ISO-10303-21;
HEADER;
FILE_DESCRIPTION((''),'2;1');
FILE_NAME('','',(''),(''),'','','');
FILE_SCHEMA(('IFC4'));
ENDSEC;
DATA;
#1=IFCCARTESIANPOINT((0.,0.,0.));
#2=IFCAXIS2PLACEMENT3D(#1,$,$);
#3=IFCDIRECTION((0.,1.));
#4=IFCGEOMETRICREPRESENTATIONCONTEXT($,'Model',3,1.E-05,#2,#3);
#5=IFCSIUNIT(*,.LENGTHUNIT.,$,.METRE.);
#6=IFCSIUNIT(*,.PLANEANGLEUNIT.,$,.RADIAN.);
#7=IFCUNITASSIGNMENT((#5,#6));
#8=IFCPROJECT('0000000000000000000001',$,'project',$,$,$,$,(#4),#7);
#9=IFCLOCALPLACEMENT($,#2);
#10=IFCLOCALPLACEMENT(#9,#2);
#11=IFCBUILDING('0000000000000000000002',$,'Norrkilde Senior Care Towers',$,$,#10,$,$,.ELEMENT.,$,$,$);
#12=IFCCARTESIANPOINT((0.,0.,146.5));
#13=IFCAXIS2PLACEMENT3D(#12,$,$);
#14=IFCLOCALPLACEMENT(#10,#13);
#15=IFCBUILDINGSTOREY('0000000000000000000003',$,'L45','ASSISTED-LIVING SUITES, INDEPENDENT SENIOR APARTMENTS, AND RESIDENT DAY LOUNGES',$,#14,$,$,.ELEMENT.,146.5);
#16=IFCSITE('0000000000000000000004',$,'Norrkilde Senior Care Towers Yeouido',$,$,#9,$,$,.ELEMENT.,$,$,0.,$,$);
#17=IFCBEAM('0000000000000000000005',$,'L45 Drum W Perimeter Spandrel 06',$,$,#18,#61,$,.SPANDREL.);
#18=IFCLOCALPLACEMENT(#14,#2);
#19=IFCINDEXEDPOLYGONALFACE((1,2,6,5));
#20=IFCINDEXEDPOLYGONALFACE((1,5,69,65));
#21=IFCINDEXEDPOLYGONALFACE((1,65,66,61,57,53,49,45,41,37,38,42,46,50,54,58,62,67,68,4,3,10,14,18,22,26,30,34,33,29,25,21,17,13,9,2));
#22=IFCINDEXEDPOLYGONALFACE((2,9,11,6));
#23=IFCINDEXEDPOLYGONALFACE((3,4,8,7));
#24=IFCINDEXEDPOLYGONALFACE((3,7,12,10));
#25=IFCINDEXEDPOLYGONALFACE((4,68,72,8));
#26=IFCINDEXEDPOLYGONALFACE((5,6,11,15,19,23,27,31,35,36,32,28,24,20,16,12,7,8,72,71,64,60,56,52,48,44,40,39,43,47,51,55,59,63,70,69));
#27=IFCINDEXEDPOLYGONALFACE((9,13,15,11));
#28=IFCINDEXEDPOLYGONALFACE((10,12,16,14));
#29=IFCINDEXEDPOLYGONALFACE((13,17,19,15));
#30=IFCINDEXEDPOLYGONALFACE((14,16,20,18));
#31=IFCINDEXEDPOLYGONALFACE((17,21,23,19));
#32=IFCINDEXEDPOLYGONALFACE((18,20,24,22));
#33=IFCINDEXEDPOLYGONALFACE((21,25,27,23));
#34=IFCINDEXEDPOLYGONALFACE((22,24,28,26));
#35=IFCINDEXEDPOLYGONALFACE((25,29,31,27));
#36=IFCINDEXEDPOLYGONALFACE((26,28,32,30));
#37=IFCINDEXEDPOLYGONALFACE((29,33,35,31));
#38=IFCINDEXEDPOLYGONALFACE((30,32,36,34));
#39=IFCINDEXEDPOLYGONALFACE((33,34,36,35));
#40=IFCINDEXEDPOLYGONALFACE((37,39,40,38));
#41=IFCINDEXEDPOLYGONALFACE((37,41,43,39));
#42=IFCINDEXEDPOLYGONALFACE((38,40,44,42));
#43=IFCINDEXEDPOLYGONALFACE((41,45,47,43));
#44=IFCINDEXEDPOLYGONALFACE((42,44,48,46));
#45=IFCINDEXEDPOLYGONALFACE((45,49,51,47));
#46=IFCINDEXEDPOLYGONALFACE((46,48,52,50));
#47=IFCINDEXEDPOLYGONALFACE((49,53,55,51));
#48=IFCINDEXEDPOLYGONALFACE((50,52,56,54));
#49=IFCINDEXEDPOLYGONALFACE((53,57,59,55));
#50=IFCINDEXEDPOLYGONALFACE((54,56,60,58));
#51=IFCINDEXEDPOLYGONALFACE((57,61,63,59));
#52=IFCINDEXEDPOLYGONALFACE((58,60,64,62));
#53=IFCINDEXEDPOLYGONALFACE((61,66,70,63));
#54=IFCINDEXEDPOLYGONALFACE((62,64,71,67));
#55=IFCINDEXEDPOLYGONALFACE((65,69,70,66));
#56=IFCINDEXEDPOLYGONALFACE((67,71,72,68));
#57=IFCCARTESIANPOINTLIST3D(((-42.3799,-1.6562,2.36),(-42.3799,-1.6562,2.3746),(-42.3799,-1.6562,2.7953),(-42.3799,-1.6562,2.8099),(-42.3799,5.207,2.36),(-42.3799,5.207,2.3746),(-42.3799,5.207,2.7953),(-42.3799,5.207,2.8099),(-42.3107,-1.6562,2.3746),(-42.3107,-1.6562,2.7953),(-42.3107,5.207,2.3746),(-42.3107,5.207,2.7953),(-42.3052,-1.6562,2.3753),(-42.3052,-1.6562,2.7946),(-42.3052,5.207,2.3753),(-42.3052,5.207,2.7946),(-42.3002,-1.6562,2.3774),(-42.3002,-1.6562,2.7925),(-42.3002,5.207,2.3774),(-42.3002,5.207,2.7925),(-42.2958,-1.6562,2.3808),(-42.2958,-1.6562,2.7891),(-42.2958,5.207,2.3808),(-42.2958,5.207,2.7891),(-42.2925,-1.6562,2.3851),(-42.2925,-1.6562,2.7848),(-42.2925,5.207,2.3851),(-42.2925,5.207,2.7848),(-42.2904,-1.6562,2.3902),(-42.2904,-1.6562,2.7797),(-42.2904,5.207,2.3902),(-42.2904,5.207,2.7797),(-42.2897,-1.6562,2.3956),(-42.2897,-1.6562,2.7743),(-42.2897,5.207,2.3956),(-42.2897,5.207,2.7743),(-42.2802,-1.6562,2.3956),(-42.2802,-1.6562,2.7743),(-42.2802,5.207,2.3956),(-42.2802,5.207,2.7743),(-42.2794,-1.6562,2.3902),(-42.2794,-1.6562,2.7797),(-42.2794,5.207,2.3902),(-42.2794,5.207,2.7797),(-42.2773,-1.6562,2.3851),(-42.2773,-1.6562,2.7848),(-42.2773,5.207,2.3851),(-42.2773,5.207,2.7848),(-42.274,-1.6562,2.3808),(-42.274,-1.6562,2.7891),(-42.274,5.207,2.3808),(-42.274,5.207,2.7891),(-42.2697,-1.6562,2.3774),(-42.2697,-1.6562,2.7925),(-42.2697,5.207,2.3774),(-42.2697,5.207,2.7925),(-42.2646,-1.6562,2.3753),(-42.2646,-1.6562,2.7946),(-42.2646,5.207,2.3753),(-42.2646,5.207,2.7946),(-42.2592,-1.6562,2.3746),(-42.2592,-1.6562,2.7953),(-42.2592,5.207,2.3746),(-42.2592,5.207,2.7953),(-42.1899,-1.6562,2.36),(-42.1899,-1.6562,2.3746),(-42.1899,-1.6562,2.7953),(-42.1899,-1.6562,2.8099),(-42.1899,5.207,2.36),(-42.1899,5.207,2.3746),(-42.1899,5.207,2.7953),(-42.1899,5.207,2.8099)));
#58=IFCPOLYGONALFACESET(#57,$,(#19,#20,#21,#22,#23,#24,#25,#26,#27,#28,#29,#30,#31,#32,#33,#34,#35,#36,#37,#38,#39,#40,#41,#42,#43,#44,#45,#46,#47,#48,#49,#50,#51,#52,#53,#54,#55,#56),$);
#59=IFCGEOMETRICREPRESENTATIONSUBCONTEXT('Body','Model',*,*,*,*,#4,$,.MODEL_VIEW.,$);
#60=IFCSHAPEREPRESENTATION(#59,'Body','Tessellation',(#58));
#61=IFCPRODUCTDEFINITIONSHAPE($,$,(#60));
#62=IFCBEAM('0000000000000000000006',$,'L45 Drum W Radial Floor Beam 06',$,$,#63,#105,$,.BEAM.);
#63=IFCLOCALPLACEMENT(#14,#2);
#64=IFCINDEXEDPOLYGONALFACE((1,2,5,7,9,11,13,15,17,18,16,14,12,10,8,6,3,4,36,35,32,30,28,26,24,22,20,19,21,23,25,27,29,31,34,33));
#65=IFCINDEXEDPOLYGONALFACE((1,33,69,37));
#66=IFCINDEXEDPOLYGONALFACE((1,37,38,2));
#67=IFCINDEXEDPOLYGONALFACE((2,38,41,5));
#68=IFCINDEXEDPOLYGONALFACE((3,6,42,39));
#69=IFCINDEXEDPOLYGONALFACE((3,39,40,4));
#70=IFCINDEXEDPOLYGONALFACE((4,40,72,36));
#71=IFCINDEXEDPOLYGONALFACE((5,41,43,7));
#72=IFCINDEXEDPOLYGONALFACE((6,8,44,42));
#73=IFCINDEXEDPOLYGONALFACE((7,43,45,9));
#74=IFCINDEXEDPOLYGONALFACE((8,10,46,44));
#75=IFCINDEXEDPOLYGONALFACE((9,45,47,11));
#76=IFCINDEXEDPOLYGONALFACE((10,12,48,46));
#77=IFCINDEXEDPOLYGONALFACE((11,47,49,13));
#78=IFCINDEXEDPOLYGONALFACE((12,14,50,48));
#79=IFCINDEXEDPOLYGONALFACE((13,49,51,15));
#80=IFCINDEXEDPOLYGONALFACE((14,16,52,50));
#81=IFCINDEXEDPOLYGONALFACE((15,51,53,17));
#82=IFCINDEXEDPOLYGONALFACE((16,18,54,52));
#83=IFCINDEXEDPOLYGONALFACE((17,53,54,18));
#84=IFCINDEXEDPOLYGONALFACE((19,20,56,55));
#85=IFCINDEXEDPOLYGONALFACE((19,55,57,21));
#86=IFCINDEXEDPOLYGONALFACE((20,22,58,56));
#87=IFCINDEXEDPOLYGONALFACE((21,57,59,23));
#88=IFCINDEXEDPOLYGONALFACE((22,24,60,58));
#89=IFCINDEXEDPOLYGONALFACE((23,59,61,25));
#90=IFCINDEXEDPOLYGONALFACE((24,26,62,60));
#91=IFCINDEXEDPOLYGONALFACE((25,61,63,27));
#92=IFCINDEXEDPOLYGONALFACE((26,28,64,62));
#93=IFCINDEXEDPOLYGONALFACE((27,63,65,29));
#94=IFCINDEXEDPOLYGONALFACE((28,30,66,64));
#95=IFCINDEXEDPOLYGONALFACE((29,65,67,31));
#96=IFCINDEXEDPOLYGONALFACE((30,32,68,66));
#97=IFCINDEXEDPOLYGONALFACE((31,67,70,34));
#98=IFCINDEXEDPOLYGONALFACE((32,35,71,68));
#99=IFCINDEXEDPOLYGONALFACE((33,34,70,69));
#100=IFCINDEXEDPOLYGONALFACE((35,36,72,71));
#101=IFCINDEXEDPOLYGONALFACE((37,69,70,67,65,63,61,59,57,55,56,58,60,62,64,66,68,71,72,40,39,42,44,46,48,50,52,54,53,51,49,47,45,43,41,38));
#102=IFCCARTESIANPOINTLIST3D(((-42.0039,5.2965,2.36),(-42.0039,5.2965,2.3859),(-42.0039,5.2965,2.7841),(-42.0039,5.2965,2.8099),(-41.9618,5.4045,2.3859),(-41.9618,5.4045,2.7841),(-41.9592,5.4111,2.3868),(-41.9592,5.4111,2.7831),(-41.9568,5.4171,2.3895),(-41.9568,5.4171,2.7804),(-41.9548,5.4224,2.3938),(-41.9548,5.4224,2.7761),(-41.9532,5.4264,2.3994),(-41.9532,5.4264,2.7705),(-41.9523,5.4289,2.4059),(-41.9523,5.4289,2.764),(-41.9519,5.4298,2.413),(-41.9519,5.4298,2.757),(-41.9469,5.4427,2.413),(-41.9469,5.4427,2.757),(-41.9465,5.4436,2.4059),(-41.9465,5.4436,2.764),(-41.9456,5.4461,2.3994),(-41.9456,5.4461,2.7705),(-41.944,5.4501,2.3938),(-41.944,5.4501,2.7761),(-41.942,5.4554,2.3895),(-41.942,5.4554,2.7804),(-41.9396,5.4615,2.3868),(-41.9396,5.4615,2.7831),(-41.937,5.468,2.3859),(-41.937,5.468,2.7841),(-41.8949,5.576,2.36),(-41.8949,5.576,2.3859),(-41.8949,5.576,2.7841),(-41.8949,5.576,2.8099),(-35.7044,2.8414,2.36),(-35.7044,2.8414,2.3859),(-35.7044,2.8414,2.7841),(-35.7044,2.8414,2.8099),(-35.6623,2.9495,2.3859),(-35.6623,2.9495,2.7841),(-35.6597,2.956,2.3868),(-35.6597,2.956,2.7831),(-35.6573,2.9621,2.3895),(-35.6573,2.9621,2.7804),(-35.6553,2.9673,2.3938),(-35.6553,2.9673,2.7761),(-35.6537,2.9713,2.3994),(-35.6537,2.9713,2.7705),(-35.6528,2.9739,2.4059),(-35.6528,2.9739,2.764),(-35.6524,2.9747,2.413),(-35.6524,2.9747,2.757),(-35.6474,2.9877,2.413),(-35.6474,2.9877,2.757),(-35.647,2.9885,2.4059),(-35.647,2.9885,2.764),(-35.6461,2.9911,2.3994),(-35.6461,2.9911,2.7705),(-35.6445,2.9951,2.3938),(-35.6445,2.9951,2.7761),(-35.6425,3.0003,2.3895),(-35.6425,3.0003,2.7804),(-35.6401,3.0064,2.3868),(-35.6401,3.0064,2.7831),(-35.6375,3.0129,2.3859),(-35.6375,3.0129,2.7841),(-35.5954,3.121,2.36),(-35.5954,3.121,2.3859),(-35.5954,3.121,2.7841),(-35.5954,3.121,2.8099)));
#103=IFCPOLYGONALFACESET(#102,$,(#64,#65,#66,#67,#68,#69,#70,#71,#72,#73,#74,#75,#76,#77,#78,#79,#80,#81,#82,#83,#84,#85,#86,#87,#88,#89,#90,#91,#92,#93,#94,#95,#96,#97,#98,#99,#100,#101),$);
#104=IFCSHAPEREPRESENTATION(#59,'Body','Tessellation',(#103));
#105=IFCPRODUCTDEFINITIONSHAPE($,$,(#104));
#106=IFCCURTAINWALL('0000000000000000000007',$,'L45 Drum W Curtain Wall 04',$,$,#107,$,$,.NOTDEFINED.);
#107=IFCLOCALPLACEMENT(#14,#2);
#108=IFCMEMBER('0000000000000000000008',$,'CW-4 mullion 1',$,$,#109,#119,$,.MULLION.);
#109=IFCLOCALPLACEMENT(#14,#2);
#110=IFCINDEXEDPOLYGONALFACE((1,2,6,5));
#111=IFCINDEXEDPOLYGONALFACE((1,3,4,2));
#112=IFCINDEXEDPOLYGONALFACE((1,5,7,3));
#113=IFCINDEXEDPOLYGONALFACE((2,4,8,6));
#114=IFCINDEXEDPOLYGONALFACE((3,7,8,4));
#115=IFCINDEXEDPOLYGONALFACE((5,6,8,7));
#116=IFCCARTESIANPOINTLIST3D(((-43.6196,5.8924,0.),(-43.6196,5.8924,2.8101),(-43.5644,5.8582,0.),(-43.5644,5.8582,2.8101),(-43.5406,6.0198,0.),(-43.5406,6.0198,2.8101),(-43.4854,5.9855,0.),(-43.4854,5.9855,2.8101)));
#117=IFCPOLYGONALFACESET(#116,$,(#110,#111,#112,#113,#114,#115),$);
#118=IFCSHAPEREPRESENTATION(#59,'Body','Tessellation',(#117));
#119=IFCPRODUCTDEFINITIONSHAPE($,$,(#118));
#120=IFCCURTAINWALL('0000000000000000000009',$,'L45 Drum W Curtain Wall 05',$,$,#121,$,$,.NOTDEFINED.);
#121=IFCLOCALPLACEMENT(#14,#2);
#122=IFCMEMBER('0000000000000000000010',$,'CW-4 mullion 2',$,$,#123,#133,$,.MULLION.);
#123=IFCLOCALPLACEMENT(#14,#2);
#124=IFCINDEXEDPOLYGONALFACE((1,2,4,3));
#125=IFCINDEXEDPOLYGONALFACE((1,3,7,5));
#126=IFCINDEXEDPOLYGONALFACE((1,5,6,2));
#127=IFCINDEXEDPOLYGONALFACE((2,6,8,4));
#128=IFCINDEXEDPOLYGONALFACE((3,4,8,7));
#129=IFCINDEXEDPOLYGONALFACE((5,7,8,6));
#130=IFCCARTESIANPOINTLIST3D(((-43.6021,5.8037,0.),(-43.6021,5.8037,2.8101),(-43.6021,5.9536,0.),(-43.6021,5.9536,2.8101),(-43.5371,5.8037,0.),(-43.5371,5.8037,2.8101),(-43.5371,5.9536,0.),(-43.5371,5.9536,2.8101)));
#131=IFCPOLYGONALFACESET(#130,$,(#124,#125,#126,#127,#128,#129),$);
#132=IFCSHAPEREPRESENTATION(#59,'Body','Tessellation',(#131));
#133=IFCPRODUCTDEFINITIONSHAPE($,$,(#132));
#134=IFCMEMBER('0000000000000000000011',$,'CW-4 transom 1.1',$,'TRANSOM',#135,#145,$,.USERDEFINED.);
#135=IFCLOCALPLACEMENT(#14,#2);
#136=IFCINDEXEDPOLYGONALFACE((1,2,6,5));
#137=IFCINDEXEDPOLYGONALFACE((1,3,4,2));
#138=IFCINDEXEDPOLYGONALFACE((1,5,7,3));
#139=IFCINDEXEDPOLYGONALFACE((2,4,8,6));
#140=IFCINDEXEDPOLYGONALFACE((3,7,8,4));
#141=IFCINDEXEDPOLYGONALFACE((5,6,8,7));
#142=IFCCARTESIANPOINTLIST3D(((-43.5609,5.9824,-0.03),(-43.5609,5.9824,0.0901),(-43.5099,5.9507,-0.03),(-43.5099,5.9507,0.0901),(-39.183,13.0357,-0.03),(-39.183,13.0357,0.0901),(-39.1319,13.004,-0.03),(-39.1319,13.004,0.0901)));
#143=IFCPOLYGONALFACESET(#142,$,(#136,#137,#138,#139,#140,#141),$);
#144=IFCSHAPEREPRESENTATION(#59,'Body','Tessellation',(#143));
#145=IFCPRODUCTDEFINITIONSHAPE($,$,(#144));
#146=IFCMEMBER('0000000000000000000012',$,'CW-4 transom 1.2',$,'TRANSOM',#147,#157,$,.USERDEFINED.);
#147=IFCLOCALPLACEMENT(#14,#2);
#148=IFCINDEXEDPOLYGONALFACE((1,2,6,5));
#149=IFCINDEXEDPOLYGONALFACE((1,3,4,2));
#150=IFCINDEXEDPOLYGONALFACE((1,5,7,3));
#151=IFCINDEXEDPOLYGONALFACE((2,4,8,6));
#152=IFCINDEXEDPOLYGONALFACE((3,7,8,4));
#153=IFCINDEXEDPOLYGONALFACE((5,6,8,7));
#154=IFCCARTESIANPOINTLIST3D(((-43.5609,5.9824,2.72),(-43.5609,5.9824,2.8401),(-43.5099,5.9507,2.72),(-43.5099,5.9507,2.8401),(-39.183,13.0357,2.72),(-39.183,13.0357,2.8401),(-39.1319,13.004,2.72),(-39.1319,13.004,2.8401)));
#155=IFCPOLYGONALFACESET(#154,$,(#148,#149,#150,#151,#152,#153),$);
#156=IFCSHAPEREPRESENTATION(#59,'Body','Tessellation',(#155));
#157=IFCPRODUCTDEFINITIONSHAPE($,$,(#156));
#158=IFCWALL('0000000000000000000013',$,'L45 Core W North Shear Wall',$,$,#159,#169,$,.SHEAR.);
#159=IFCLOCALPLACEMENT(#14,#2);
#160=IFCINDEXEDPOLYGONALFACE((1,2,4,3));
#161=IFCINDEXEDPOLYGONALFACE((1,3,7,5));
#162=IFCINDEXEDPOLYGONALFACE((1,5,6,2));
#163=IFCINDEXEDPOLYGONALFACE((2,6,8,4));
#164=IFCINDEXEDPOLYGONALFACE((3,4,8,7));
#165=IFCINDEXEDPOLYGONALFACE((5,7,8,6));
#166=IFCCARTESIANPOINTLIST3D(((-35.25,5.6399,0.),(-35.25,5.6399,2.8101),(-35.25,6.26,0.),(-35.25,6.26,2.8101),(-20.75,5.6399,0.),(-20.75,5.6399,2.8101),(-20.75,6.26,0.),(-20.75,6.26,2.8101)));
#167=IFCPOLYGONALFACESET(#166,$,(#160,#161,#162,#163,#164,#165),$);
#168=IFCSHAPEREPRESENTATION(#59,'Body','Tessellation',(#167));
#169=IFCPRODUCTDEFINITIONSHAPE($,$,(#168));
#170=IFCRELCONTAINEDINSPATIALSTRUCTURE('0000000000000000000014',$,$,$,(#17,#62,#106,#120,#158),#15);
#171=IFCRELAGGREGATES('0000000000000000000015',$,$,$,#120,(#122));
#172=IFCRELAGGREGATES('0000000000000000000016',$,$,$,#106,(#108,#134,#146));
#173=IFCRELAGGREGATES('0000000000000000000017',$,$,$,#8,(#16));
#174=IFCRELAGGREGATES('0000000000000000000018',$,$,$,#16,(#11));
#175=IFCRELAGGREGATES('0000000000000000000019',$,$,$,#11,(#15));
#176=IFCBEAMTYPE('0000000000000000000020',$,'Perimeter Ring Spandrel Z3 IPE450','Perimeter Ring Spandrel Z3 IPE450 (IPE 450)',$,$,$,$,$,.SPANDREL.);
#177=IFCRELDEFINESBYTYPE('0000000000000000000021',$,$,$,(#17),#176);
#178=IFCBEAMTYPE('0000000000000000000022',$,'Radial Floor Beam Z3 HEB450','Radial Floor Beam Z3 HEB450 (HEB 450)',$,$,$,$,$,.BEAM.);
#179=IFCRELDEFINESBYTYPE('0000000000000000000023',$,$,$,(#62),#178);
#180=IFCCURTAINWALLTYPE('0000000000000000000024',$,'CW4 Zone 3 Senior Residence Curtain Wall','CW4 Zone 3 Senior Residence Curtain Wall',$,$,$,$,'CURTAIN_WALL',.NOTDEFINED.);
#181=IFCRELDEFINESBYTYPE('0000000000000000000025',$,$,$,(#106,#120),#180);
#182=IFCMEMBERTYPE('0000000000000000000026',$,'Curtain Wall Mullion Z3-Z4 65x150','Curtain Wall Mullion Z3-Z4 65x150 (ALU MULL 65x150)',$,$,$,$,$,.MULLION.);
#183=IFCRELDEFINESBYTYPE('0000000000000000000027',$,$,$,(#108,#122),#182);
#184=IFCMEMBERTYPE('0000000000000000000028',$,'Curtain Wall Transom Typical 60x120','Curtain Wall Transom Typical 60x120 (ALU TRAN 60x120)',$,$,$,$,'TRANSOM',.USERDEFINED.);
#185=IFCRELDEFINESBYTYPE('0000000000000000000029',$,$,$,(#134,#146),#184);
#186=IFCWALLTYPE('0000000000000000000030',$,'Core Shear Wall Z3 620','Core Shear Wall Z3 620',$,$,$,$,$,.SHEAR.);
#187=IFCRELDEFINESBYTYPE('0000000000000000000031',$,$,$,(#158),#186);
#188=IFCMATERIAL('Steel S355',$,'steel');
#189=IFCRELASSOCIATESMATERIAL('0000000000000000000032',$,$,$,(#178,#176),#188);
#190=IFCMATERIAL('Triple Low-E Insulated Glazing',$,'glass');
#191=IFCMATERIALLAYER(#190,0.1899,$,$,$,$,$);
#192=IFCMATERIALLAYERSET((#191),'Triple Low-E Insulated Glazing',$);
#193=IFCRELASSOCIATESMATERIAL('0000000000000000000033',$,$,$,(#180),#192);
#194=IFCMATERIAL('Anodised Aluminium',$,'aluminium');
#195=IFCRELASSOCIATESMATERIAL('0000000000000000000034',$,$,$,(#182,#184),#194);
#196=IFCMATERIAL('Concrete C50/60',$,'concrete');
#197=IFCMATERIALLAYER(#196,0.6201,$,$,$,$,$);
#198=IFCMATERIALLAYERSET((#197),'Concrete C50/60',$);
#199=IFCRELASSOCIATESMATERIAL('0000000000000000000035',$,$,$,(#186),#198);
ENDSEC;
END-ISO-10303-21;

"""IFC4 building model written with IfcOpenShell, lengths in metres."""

from ifc_helpers import new_model, si_unit, direction, frame, frame_2d, origin, origin_2d, place, context, subcontext, project, spatial, rectangle, i_section, extrude, source, transform, mapped, material, layer, layer_set, material_profile, profile_set, type_object, type_shapes, element, aggregate, save


model = new_model("IFC4")

# Units and contexts
model_context = context("Model", 3, precision=1e-05, world=origin(), true_north=direction((0.0, 1.0)))
body_context = subcontext(model_context, "Body", "Model", "MODEL_VIEW")
ifc_project = project(units=[si_unit("LENGTHUNIT", "METRE"), si_unit("PLANEANGLEUNIT", "RADIAN")], contexts=[model_context])

# Site, building, storey
site_placement = place(None, origin())
site = spatial("IfcSite", under=ifc_project, at=site_placement, Name="Norrkilde Senior Care Towers Yeouido", CompositionType="ELEMENT", RefElevation=0.0)
building_placement = place(site_placement, origin())
building = spatial("IfcBuilding", under=site, at=building_placement, Name="Norrkilde Senior Care Towers", CompositionType="ELEMENT")
storey_placement = place(building_placement, frame((0.0, 0.0, 146.5)))
storey = spatial("IfcBuildingStorey", under=building, at=storey_placement, Name="L45", Description="ASSISTED-LIVING SUITES, INDEPENDENT SENIOR APARTMENTS, AND RESIDENT DAY LOUNGES", CompositionType="ELEMENT", Elevation=146.5)

# Shared definitions
ifc_material_1 = material(Name="Concrete C50/60", Category="concrete")

# Beams
ifc_material_2 = material(Name="Steel S355", Category="steel")
ifc_material_profile_1 = material_profile(ifc_material_2, i_section(OverallWidth=0.3, OverallDepth=0.45, WebThickness=0.0139, FlangeThickness=0.0259, FilletRadius=0.0271, at=origin_2d()), Name="HEB 450")
ifc_profile_set_1 = profile_set([ifc_material_profile_1], Name="Steel S355")
beam_type_1 = type_object("IfcBeamType", Name="Radial Floor Beam Z3 HEB450", Description="Radial Floor Beam Z3 HEB450 (HEB 450)", PredefinedType="BEAM", material=ifc_profile_set_1)
ifc_material_profile_2 = material_profile(ifc_material_2, i_section(OverallWidth=0.1899, OverallDepth=0.45, WebThickness=0.0095, FlangeThickness=0.0146, FilletRadius=0.021, at=origin_2d()), Name="IPE 450")
ifc_profile_set_2 = profile_set([ifc_material_profile_2], Name="Steel S355")
beam_type_2 = type_object("IfcBeamType", Name="Perimeter Ring Spandrel Z3 IPE450", Description="Perimeter Ring Spandrel Z3 IPE450 (IPE 450)", PredefinedType="SPANDREL", material=ifc_profile_set_2)
shared_shape_1 = source(origin(), body_context, "Body", "SweptSolid", [
    extrude(i_section(OverallWidth=0.1899, OverallDepth=0.45, WebThickness=0.0095, FlangeThickness=0.0146, FilletRadius=0.021, at=origin_2d()), origin(), (0.0, 0.0, 1.0), 6.8633),
])
type_shapes(beam_type_2, [shared_shape_1])
beam_1_placement = place(storey_placement, frame((-42.2849, 5.207, 2.585), z_axis=(0.0, -1.0, 0.0), x_axis=(1.0, 0.0, 0.0)))
element("IfcBeam", 1, at=beam_1_placement, inside=storey, type_object=beam_type_2, Name="L45 Drum W Perimeter Spandrel 06", PredefinedType="SPANDREL", context=body_context, shape_type="MappedRepresentation", body=[
    mapped(shared_shape_1, transform((0.0, 0.0, 0.0), x_axis=(1.0, 0.0, 0.0), y_axis=(0.0, 1.0, 0.0), z_axis=(0.0, 0.0, 1.0), scale=1.0)),
])
shared_shape_2 = source(origin(), body_context, "Body", "SweptSolid", [
    extrude(i_section(OverallWidth=0.3, OverallDepth=0.45, WebThickness=0.0139, FlangeThickness=0.0259, FilletRadius=0.0271, at=origin_2d()), origin(), (0.0, 0.0, 1.0), 6.761),
])
beam_2_placement = place(storey_placement, frame((-35.6499, 2.9812, 2.585), z_axis=(-0.931742, 0.363121, 0.0), x_axis=(-0.363121, -0.931742, 0.0)))
element("IfcBeam", 2, at=beam_2_placement, inside=storey, type_object=beam_type_1, Name="L45 Drum W Radial Floor Beam 06", PredefinedType="BEAM", context=body_context, shape_type="MappedRepresentation", body=[
    mapped(shared_shape_2, transform((0.0, 0.0, 0.0), x_axis=(1.0, 0.0, 0.0), y_axis=(0.0, 1.0, 0.0), z_axis=(0.0, 0.0, 1.0), scale=1.0)),
])

# Curtain walls, members
ifc_material_3 = material(Name="Triple Low-E Insulated Glazing", Category="glass")
ifc_layer_1 = layer(ifc_material_3, 0.1899)
ifc_layer_set_1 = layer_set([ifc_layer_1], Name="Triple Low-E Insulated Glazing")
curtain_wall_type = type_object("IfcCurtainWallType", Name="CW4 Zone 3 Senior Residence Curtain Wall", Description="CW4 Zone 3 Senior Residence Curtain Wall", ElementType="CURTAIN_WALL", PredefinedType="NOTDEFINED", material=ifc_layer_set_1)
curtain_wall_1_placement = place(storey_placement, origin())
curtain_wall_1 = element("IfcCurtainWall", 3, at=curtain_wall_1_placement, inside=storey, type_object=curtain_wall_type, Name="L45 Drum W Curtain Wall 04", PredefinedType="NOTDEFINED")
ifc_material_4 = material(Name="Anodised Aluminium", Category="aluminium")
ifc_material_profile_3 = material_profile(ifc_material_4, rectangle(XDim=0.0649, YDim=0.1499, at=origin_2d()), Name="ALU MULL 65x150")
ifc_profile_set_3 = profile_set([ifc_material_profile_3], Name="Anodised Aluminium")
member_type_1 = type_object("IfcMemberType", Name="Curtain Wall Mullion Z3-Z4 65x150", Description="Curtain Wall Mullion Z3-Z4 65x150 (ALU MULL 65x150)", PredefinedType="MULLION", material=ifc_profile_set_3)
shared_shape_3 = source(origin(), body_context, "Body", "SweptSolid", [
    extrude(rectangle(XDim=0.0649, YDim=0.1499, at=origin_2d()), origin(), (0.0, 0.0, 1.0), 2.8101),
])
type_shapes(member_type_1, [shared_shape_3])
member_1_placement = place(storey_placement, frame((-43.5525, 5.939, 0.0), z_axis=(0.0, 0.0, 1.0), x_axis=(-0.849634, 0.527373, 0.0)))
member_1 = element("IfcMember", 4, at=member_1_placement, type_object=member_type_1, Name="CW-4 mullion 1", PredefinedType="MULLION", context=body_context, shape_type="MappedRepresentation", body=[
    mapped(shared_shape_3, transform((0.0, 0.0, 0.0), x_axis=(1.0, 0.0, 0.0), y_axis=(0.0, 1.0, 0.0), z_axis=(0.0, 0.0, 1.0), scale=1.0)),
])
curtain_wall_2_placement = place(storey_placement, origin())
curtain_wall_2 = element("IfcCurtainWall", 5, at=curtain_wall_2_placement, inside=storey, type_object=curtain_wall_type, Name="L45 Drum W Curtain Wall 05", PredefinedType="NOTDEFINED")
member_2_placement = place(storey_placement, frame((-43.5696, 5.8787, 0.0), z_axis=(0.0, 0.0, 1.0), x_axis=(-1.0, 0.0, 0.0)))
member_2 = element("IfcMember", 6, at=member_2_placement, type_object=member_type_1, Name="CW-4 mullion 2", PredefinedType="MULLION", context=body_context, shape_type="MappedRepresentation", body=[
    mapped(shared_shape_3, transform((0.0, 0.0, 0.0), x_axis=(1.0, 0.0, 0.0), y_axis=(0.0, 1.0, 0.0), z_axis=(0.0, 0.0, 1.0), scale=1.0)),
])
aggregate(curtain_wall_2, [member_2])

# Members
ifc_material_profile_4 = material_profile(ifc_material_4, rectangle(XDim=0.0601, YDim=0.1201, at=origin_2d()), Name="ALU TRAN 60x120")
ifc_profile_set_4 = profile_set([ifc_material_profile_4], Name="Anodised Aluminium")
member_type_2 = type_object("IfcMemberType", Name="Curtain Wall Transom Typical 60x120", Description="Curtain Wall Transom Typical 60x120 (ALU TRAN 60x120)", ElementType="TRANSOM", PredefinedType="USERDEFINED", material=ifc_profile_set_4)
shared_shape_4 = source(origin(), body_context, "Body", "SweptSolid", [
    extrude(rectangle(XDim=0.0601, YDim=0.1201, at=origin_2d()), origin(), (0.0, 0.0, 1.0), 8.3015),
])
type_shapes(member_type_2, [shared_shape_4])
member_3_placement = place(storey_placement, frame((-43.5354, 5.9666, 0.03), z_axis=(0.527369, 0.849637, 0.0), x_axis=(-0.849637, 0.527369, 0.0)))
member_3 = element("IfcMember", 7, at=member_3_placement, type_object=member_type_2, Name="CW-4 transom 1.1", ObjectType="TRANSOM", PredefinedType="USERDEFINED", context=body_context, shape_type="MappedRepresentation", body=[
    mapped(shared_shape_4, transform((0.0, 0.0, 0.0), x_axis=(1.0, 0.0, 0.0), y_axis=(0.0, 1.0, 0.0), z_axis=(0.0, 0.0, 1.0), scale=1.0)),
])
member_4_placement = place(storey_placement, frame((-43.5354, 5.9666, 2.78), z_axis=(0.527369, 0.849637, 0.0), x_axis=(-0.849637, 0.527369, 0.0)))
member_4 = element("IfcMember", 8, at=member_4_placement, type_object=member_type_2, Name="CW-4 transom 1.2", ObjectType="TRANSOM", PredefinedType="USERDEFINED", context=body_context, shape_type="MappedRepresentation", body=[
    mapped(shared_shape_4, transform((0.0, 0.0, 0.0), x_axis=(1.0, 0.0, 0.0), y_axis=(0.0, 1.0, 0.0), z_axis=(0.0, 0.0, 1.0), scale=1.0)),
])
aggregate(curtain_wall_1, [member_1, member_3, member_4])

# Wall
ifc_layer_2 = layer(ifc_material_1, 0.6201)
ifc_layer_set_2 = layer_set([ifc_layer_2], Name="Concrete C50/60")
wall_type_1 = type_object("IfcWallType", Name="Core Shear Wall Z3 620", Description="Core Shear Wall Z3 620", PredefinedType="SHEAR", material=ifc_layer_set_2)
shared_shape_5 = source(origin(), body_context, "Body", "SweptSolid", [
    extrude(rectangle(XDim=14.5, YDim=0.6201, at=frame_2d((7.25, 0.0))), origin(), (0.0, 0.0, 1.0), 2.8101),
])
type_shapes(wall_type_1, [shared_shape_5])
wall_1_placement = place(storey_placement, frame((-35.25, 5.95, 0.0), z_axis=(0.0, 0.0, 1.0), x_axis=(1.0, 0.0, 0.0)))
element("IfcWall", 9, at=wall_1_placement, inside=storey, type_object=wall_type_1, Name="L45 Core W North Shear Wall", PredefinedType="SHEAR", context=body_context, shape_type="MappedRepresentation", body=[
    mapped(shared_shape_5, transform((0.0, 0.0, 0.0), x_axis=(1.0, 0.0, 0.0), y_axis=(0.0, 1.0, 0.0), z_axis=(0.0, 0.0, 1.0), scale=1.0)),
])

save(model, "model.ifc")
